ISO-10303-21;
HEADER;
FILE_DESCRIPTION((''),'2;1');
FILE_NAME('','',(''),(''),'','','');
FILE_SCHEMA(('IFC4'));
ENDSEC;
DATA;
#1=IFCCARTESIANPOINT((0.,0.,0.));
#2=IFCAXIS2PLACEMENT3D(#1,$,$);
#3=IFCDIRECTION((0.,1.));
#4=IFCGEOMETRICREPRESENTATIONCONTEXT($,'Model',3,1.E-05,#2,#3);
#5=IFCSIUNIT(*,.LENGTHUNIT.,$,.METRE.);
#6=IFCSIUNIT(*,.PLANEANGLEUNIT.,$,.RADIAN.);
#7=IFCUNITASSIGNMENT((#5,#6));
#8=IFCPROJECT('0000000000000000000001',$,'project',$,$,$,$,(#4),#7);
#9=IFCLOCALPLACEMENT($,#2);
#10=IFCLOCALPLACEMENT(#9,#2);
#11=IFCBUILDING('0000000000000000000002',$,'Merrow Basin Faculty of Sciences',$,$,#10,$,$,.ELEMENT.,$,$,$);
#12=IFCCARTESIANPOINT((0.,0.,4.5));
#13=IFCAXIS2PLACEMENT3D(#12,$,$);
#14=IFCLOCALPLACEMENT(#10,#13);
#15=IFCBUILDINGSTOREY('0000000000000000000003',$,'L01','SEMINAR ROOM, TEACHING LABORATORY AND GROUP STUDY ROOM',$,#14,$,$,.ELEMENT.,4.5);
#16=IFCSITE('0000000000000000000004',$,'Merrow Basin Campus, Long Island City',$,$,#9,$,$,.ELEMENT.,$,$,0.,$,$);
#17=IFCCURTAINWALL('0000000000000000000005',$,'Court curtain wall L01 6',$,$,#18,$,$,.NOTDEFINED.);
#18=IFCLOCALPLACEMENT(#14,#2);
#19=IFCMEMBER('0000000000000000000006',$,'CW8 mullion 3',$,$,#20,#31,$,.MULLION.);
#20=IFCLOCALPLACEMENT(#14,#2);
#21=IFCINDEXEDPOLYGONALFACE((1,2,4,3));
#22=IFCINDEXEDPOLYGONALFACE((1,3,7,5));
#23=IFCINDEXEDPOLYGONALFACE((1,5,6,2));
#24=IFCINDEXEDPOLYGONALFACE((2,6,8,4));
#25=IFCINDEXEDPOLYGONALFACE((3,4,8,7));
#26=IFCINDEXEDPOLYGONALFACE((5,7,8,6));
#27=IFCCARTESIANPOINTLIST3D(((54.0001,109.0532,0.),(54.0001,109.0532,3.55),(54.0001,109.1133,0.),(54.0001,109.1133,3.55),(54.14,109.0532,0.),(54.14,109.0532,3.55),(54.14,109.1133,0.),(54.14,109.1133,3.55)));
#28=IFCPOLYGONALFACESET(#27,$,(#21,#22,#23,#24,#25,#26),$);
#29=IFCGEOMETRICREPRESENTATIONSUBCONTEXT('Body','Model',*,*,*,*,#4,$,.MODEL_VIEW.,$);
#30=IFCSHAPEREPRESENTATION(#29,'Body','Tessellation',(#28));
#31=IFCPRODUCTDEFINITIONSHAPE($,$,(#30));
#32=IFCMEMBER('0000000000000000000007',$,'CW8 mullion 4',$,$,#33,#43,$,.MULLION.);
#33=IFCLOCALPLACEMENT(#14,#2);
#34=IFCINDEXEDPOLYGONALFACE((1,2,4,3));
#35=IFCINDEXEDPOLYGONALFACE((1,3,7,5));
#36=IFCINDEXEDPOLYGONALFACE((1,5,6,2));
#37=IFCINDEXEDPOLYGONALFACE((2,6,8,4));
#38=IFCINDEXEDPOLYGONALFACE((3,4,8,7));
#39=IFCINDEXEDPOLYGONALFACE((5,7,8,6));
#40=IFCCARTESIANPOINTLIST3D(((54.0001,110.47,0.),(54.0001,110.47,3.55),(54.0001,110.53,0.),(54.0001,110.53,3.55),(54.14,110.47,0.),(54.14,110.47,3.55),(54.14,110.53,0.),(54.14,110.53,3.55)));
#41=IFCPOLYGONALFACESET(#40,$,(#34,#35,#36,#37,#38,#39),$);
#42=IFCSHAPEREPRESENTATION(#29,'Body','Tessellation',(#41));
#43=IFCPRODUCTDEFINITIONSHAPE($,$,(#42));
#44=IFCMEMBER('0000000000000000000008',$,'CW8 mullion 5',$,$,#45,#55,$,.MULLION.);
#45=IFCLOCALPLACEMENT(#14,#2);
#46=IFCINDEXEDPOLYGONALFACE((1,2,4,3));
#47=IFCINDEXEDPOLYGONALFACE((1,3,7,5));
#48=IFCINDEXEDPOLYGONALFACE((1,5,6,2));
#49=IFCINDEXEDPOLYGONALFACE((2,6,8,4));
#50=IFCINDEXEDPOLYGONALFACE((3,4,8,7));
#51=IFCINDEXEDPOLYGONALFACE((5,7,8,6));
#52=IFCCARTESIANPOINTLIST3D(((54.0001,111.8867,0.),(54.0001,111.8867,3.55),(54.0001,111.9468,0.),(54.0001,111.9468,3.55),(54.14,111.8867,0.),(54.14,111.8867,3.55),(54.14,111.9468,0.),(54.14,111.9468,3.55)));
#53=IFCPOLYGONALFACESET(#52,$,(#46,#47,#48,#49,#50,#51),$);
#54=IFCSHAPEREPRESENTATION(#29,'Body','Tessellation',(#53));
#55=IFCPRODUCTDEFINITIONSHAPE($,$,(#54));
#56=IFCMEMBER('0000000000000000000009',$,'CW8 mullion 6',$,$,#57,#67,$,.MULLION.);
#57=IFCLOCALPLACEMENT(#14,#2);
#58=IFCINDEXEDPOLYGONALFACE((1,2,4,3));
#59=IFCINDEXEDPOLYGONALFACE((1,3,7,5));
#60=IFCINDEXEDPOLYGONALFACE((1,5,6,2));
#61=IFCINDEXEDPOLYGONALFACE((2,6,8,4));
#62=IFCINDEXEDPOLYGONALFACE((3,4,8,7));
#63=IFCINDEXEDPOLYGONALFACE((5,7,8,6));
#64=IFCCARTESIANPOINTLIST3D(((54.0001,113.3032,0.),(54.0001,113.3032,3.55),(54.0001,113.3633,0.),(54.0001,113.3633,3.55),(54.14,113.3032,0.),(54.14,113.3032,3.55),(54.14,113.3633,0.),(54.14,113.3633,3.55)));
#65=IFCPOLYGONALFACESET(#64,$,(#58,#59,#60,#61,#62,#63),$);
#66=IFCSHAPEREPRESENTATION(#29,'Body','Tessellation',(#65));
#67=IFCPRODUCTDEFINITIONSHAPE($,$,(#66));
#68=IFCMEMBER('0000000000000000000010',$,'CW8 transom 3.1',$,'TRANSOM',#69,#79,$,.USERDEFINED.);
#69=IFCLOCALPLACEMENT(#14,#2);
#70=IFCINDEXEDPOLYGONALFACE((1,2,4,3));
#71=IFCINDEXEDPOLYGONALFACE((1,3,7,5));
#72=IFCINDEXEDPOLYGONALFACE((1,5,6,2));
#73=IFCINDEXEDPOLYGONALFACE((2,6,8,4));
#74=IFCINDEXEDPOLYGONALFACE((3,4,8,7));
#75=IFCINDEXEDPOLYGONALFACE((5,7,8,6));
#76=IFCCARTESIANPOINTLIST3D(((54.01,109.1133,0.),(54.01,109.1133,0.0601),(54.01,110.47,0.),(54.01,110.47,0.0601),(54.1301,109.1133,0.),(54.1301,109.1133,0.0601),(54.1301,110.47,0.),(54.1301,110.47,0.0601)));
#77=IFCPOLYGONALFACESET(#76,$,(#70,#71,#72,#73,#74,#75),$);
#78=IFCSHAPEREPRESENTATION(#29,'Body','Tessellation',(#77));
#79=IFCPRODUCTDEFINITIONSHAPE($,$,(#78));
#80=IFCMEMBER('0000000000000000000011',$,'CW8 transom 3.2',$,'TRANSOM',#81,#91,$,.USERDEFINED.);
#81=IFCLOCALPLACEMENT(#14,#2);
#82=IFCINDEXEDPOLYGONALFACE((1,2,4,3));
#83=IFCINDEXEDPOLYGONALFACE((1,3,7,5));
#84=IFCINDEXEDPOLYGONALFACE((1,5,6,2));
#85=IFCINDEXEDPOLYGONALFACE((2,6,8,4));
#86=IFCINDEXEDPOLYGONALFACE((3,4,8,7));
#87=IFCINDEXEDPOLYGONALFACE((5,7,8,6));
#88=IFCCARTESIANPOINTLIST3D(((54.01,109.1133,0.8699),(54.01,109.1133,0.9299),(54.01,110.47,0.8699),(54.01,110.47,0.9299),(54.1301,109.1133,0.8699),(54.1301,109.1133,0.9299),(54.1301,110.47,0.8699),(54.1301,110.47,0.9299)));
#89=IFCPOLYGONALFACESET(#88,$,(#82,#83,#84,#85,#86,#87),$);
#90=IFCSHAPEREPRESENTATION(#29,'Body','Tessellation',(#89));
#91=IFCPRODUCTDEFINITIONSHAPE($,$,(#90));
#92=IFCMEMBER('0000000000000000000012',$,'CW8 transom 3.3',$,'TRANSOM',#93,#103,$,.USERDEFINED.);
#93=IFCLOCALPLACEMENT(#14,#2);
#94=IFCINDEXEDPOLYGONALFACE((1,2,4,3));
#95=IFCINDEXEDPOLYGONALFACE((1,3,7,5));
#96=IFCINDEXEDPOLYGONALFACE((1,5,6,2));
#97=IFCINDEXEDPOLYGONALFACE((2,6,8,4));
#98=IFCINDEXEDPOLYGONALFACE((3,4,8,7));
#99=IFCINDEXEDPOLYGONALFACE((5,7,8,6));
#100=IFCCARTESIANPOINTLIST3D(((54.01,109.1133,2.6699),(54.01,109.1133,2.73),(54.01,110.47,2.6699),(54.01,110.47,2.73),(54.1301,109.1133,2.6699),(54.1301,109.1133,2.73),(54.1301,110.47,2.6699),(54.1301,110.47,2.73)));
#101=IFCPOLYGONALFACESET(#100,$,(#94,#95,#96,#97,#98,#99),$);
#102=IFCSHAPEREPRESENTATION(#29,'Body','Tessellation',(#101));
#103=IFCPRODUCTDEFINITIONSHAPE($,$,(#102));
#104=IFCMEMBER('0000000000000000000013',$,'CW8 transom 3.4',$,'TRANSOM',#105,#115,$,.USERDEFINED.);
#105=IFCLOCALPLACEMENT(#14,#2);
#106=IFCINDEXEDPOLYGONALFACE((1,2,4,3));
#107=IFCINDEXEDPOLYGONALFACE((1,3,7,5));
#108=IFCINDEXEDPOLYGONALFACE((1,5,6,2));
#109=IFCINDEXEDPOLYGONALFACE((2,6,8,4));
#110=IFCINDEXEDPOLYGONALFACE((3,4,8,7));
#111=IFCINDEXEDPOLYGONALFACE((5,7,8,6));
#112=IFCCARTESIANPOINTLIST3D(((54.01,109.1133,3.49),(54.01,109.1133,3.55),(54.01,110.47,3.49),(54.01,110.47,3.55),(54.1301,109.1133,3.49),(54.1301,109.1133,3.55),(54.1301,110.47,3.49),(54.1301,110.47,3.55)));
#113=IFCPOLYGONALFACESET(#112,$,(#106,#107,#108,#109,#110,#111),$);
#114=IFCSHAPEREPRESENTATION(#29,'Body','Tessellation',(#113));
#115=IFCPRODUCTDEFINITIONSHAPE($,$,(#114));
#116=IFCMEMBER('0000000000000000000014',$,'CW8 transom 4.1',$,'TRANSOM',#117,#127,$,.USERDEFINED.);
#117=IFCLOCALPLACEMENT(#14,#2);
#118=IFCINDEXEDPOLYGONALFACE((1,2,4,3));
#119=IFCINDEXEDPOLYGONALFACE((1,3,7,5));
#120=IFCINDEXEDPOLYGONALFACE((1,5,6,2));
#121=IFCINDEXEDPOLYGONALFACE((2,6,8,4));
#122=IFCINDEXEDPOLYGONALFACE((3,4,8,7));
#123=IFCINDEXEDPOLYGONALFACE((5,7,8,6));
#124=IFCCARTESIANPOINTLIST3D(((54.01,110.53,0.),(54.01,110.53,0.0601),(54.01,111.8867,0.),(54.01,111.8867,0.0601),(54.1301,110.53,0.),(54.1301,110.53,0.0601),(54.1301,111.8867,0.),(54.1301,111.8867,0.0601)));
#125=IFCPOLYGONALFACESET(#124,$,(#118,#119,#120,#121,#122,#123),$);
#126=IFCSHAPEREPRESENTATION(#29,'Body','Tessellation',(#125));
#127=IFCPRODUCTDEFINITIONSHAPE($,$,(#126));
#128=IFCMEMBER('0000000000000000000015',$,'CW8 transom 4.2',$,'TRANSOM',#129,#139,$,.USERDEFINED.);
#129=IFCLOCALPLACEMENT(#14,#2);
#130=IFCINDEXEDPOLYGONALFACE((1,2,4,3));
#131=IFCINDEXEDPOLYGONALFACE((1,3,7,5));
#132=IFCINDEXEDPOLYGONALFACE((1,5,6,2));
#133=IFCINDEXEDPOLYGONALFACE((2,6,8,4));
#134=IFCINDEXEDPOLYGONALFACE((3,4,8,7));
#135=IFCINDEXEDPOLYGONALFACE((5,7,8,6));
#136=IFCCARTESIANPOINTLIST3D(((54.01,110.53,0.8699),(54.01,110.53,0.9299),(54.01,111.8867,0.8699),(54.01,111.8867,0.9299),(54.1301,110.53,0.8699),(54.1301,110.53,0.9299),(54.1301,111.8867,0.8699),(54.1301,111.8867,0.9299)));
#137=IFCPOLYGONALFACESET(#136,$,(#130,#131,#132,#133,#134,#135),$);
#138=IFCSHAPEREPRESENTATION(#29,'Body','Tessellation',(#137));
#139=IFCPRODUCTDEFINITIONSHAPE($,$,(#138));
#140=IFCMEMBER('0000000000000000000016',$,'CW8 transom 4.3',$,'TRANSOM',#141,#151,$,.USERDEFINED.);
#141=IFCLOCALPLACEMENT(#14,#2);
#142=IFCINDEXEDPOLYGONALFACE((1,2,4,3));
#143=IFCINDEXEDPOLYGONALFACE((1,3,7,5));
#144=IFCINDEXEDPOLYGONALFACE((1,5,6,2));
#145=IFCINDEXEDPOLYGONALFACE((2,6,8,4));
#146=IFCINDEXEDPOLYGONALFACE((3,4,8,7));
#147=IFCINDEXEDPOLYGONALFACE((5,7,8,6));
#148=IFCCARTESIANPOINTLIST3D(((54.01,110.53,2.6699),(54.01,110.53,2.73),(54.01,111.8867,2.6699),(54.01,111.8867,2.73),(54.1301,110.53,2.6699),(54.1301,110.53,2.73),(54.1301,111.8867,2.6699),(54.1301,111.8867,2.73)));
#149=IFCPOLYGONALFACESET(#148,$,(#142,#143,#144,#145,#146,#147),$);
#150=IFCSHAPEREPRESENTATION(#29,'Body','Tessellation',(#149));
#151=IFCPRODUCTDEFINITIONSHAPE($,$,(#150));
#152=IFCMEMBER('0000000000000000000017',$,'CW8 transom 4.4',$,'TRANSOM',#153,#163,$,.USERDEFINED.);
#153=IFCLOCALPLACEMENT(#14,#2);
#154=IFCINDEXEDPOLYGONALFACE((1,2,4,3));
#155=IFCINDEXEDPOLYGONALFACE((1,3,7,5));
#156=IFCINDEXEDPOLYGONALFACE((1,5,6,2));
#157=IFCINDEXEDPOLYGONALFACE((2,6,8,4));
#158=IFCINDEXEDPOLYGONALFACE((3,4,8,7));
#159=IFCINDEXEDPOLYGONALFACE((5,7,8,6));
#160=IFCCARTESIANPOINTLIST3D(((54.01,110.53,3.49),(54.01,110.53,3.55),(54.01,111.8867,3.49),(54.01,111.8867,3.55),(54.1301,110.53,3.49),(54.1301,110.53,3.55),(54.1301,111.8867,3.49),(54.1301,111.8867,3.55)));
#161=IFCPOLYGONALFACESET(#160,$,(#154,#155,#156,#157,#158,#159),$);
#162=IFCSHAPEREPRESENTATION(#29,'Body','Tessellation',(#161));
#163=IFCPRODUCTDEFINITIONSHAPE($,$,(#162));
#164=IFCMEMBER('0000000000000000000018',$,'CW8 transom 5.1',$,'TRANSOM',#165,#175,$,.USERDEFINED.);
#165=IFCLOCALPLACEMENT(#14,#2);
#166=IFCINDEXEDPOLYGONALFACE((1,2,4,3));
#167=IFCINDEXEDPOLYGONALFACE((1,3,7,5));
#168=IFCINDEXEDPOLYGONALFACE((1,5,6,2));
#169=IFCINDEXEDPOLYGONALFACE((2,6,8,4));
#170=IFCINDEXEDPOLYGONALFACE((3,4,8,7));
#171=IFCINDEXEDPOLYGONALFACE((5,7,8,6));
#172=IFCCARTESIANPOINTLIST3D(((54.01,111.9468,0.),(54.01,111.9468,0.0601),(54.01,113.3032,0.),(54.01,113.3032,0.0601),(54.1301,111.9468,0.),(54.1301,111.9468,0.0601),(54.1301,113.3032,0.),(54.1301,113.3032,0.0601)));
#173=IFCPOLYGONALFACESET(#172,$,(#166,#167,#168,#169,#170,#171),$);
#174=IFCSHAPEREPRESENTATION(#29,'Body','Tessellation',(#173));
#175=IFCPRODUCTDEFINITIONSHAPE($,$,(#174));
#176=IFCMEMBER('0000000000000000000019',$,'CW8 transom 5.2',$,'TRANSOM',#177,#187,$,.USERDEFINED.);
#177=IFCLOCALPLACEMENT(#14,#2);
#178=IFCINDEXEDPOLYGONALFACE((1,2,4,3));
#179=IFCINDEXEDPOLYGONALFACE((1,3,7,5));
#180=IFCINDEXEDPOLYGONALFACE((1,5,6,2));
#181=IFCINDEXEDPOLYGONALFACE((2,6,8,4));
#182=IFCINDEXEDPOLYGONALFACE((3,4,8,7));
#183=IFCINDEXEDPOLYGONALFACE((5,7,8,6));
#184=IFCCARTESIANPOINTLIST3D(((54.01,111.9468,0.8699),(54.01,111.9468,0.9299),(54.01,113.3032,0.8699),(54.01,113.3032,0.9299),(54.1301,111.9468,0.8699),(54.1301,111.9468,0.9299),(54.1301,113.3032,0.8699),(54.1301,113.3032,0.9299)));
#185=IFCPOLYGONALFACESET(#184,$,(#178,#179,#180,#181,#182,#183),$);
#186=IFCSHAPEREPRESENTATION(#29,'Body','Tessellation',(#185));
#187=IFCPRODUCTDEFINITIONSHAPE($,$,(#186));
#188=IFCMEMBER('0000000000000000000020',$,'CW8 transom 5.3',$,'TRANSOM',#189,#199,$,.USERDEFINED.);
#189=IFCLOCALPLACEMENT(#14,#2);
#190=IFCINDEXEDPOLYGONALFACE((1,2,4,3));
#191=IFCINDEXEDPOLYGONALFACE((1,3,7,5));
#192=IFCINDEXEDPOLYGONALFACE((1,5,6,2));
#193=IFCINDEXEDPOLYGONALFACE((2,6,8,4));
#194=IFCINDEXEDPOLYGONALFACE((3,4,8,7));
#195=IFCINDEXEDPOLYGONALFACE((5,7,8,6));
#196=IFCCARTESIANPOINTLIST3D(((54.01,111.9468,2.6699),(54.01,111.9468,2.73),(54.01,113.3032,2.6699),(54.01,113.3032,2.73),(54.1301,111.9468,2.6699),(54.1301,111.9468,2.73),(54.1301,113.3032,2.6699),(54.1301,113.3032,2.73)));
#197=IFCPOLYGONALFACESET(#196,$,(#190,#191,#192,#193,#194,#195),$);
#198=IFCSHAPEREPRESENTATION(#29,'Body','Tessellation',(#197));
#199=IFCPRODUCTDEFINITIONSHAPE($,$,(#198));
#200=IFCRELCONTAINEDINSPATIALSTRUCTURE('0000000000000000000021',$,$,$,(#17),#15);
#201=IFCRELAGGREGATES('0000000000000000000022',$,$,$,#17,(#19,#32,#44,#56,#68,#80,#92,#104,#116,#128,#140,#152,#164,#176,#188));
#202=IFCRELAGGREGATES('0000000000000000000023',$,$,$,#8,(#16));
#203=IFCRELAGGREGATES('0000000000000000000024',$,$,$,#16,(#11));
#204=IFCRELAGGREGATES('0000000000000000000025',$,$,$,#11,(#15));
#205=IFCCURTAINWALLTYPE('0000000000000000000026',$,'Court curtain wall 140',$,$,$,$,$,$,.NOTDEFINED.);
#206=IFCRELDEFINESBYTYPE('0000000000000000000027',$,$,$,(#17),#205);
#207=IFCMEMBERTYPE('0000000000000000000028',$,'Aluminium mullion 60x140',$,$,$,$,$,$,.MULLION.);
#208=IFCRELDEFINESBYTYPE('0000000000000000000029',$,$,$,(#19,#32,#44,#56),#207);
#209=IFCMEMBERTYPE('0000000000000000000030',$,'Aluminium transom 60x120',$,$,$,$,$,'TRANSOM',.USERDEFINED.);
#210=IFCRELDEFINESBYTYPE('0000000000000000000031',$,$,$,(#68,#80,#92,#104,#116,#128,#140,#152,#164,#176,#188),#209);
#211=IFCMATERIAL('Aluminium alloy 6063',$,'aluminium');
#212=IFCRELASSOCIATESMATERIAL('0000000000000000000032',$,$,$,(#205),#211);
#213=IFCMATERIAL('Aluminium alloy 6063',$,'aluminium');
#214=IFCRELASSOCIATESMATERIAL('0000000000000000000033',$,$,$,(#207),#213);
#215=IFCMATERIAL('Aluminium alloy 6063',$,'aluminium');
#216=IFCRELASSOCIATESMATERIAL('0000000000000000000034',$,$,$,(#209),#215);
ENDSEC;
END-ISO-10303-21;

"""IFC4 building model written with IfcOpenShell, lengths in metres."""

from ifc_helpers import new_model, si_unit, direction, frame, origin, origin_2d, place, context, subcontext, project, spatial, rectangle, extrude, material, material_profile, profile_set, type_object, element, aggregate, save


model = new_model("IFC4")

# Units and contexts
model_context = context("Model", 3, precision=1e-05, world=origin(), true_north=direction((0.0, 1.0)))
body_context = subcontext(model_context, "Body", "Model", "MODEL_VIEW")
ifc_project = project(units=[si_unit("LENGTHUNIT", "METRE"), si_unit("PLANEANGLEUNIT", "RADIAN")], contexts=[model_context])

# Site, building, storey
site_placement = place(None, origin())
site = spatial("IfcSite", under=ifc_project, at=site_placement, Name="Merrow Basin Campus, Long Island City", CompositionType="ELEMENT", RefElevation=0.0)
building_placement = place(site_placement, origin())
building = spatial("IfcBuilding", under=site, at=building_placement, Name="Merrow Basin Faculty of Sciences", CompositionType="ELEMENT")
storey_placement = place(building_placement, frame((0.0, 0.0, 4.5)))
storey = spatial("IfcBuildingStorey", under=building, at=storey_placement, Name="L01", Description="SEMINAR ROOM, TEACHING LABORATORY AND GROUP STUDY ROOM", CompositionType="ELEMENT", Elevation=4.5)

# Curtain wall, members
ifc_material_1 = material(Name="Aluminium alloy 6063", Category="aluminium")
curtain_wall_type = type_object("IfcCurtainWallType", Name="Court curtain wall 140", PredefinedType="NOTDEFINED", material=ifc_material_1)
curtain_wall_placement = place(storey_placement, origin())
curtain_wall = element("IfcCurtainWall", 1, at=curtain_wall_placement, inside=storey, type_object=curtain_wall_type, Name="Court curtain wall L01 6", PredefinedType="NOTDEFINED")
ifc_material_2 = material(Name="Aluminium alloy 6063", Category="aluminium")
ifc_material_profile_1 = material_profile(ifc_material_2, rectangle(XDim=0.1399, YDim=0.0601, at=origin_2d()))
ifc_profile_set_1 = profile_set([ifc_material_profile_1], Name="Aluminium alloy 6063")
member_type_1 = type_object("IfcMemberType", Name="Aluminium mullion 60x140", PredefinedType="MULLION", material=ifc_profile_set_1)
member_1_placement = place(storey_placement, frame((54.0701, 109.0833, 0.0), z_axis=(0.0, 0.0, 1.0), x_axis=(-1.0, 0.0, 0.0)))
member_1 = element("IfcMember", 2, at=member_1_placement, type_object=member_type_1, Name="CW8 mullion 3", PredefinedType="MULLION", context=body_context, shape_type="SweptSolid", body=[
    extrude(rectangle(XDim=0.1399, YDim=0.0601, at=origin_2d()), origin(), (0.0, 0.0, 1.0), 3.55),
])
member_2_placement = place(storey_placement, frame((54.0701, 110.5, 0.0), z_axis=(0.0, 0.0, 1.0), x_axis=(-1.0, 0.0, 0.0)))
member_2 = element("IfcMember", 3, at=member_2_placement, type_object=member_type_1, Name="CW8 mullion 4", PredefinedType="MULLION", context=body_context, shape_type="SweptSolid", body=[
    extrude(rectangle(XDim=0.1399, YDim=0.0601, at=origin_2d()), origin(), (0.0, 0.0, 1.0), 3.55),
])
member_3_placement = place(storey_placement, frame((54.0701, 111.9167, 0.0), z_axis=(0.0, 0.0, 1.0), x_axis=(-1.0, 0.0, 0.0)))
member_3 = element("IfcMember", 4, at=member_3_placement, type_object=member_type_1, Name="CW8 mullion 5", PredefinedType="MULLION", context=body_context, shape_type="SweptSolid", body=[
    extrude(rectangle(XDim=0.1399, YDim=0.0601, at=origin_2d()), origin(), (0.0, 0.0, 1.0), 3.55),
])
member_4_placement = place(storey_placement, frame((54.0701, 113.3333, 0.0), z_axis=(0.0, 0.0, 1.0), x_axis=(-1.0, 0.0, 0.0)))
member_4 = element("IfcMember", 5, at=member_4_placement, type_object=member_type_1, Name="CW8 mullion 6", PredefinedType="MULLION", context=body_context, shape_type="SweptSolid", body=[
    extrude(rectangle(XDim=0.1399, YDim=0.0601, at=origin_2d()), origin(), (0.0, 0.0, 1.0), 3.55),
])
ifc_material_3 = material(Name="Aluminium alloy 6063", Category="aluminium")
ifc_material_profile_2 = material_profile(ifc_material_3, rectangle(XDim=0.1201, YDim=0.0601, at=origin_2d()))
ifc_profile_set_2 = profile_set([ifc_material_profile_2], Name="Aluminium alloy 6063")
member_type_2 = type_object("IfcMemberType", Name="Aluminium transom 60x120", ElementType="TRANSOM", PredefinedType="USERDEFINED", material=ifc_profile_set_2)
member_5_placement = place(storey_placement, frame((54.0701, 109.1133, 0.03), z_axis=(0.0, 1.0, 0.0), x_axis=(-1.0, 0.0, 0.0)))
member_5 = element("IfcMember", 6, at=member_5_placement, type_object=member_type_2, Name="CW8 transom 3.1", ObjectType="TRANSOM", PredefinedType="USERDEFINED", context=body_context, shape_type="SweptSolid", body=[
    extrude(rectangle(XDim=0.1201, YDim=0.0601, at=origin_2d()), origin(), (0.0, 0.0, 1.0), 1.3567),
])
member_6_placement = place(storey_placement, frame((54.0701, 109.1133, 0.8999), z_axis=(0.0, 1.0, 0.0), x_axis=(-1.0, 0.0, 0.0)))
member_6 = element("IfcMember", 7, at=member_6_placement, type_object=member_type_2, Name="CW8 transom 3.2", ObjectType="TRANSOM", PredefinedType="USERDEFINED", context=body_context, shape_type="SweptSolid", body=[
    extrude(rectangle(XDim=0.1201, YDim=0.0601, at=origin_2d()), origin(), (0.0, 0.0, 1.0), 1.3567),
])
member_7_placement = place(storey_placement, frame((54.0701, 109.1133, 2.7), z_axis=(0.0, 1.0, 0.0), x_axis=(-1.0, 0.0, 0.0)))
member_7 = element("IfcMember", 8, at=member_7_placement, type_object=member_type_2, Name="CW8 transom 3.3", ObjectType="TRANSOM", PredefinedType="USERDEFINED", context=body_context, shape_type="SweptSolid", body=[
    extrude(rectangle(XDim=0.1201, YDim=0.0601, at=origin_2d()), origin(), (0.0, 0.0, 1.0), 1.3567),
])
member_8_placement = place(storey_placement, frame((54.0701, 109.1133, 3.52), z_axis=(0.0, 1.0, 0.0), x_axis=(-1.0, 0.0, 0.0)))
member_8 = element("IfcMember", 9, at=member_8_placement, type_object=member_type_2, Name="CW8 transom 3.4", ObjectType="TRANSOM", PredefinedType="USERDEFINED", context=body_context, shape_type="SweptSolid", body=[
    extrude(rectangle(XDim=0.1201, YDim=0.0601, at=origin_2d()), origin(), (0.0, 0.0, 1.0), 1.3567),
])
member_9_placement = place(storey_placement, frame((54.0701, 110.53, 0.03), z_axis=(0.0, 1.0, 0.0), x_axis=(-1.0, 0.0, 0.0)))
member_9 = element("IfcMember", 10, at=member_9_placement, type_object=member_type_2, Name="CW8 transom 4.1", ObjectType="TRANSOM", PredefinedType="USERDEFINED", context=body_context, shape_type="SweptSolid", body=[
    extrude(rectangle(XDim=0.1201, YDim=0.0601, at=origin_2d()), origin(), (0.0, 0.0, 1.0), 1.3567),
])
member_10_placement = place(storey_placement, frame((54.0701, 110.53, 0.8999), z_axis=(0.0, 1.0, 0.0), x_axis=(-1.0, 0.0, 0.0)))
member_10 = element("IfcMember", 11, at=member_10_placement, type_object=member_type_2, Name="CW8 transom 4.2", ObjectType="TRANSOM", PredefinedType="USERDEFINED", context=body_context, shape_type="SweptSolid", body=[
    extrude(rectangle(XDim=0.1201, YDim=0.0601, at=origin_2d()), origin(), (0.0, 0.0, 1.0), 1.3567),
])
member_11_placement = place(storey_placement, frame((54.0701, 110.53, 2.7), z_axis=(0.0, 1.0, 0.0), x_axis=(-1.0, 0.0, 0.0)))
member_11 = element("IfcMember", 12, at=member_11_placement, type_object=member_type_2, Name="CW8 transom 4.3", ObjectType="TRANSOM", PredefinedType="USERDEFINED", context=body_context, shape_type="SweptSolid", body=[
    extrude(rectangle(XDim=0.1201, YDim=0.0601, at=origin_2d()), origin(), (0.0, 0.0, 1.0), 1.3567),
])
member_12_placement = place(storey_placement, frame((54.0701, 110.53, 3.52), z_axis=(0.0, 1.0, 0.0), x_axis=(-1.0, 0.0, 0.0)))
member_12 = element("IfcMember", 13, at=member_12_placement, type_object=member_type_2, Name="CW8 transom 4.4", ObjectType="TRANSOM", PredefinedType="USERDEFINED", context=body_context, shape_type="SweptSolid", body=[
    extrude(rectangle(XDim=0.1201, YDim=0.0601, at=origin_2d()), origin(), (0.0, 0.0, 1.0), 1.3567),
])
member_13_placement = place(storey_placement, frame((54.0701, 111.9468, 0.03), z_axis=(0.0, 1.0, 0.0), x_axis=(-1.0, 0.0, 0.0)))
member_13 = element("IfcMember", 14, at=member_13_placement, type_object=member_type_2, Name="CW8 transom 5.1", ObjectType="TRANSOM", PredefinedType="USERDEFINED", context=body_context, shape_type="SweptSolid", body=[
    extrude(rectangle(XDim=0.1201, YDim=0.0601, at=origin_2d()), origin(), (0.0, 0.0, 1.0), 1.3564),
])
member_14_placement = place(storey_placement, frame((54.0701, 111.9468, 0.8999), z_axis=(0.0, 1.0, 0.0), x_axis=(-1.0, 0.0, 0.0)))
member_14 = element("IfcMember", 15, at=member_14_placement, type_object=member_type_2, Name="CW8 transom 5.2", ObjectType="TRANSOM", PredefinedType="USERDEFINED", context=body_context, shape_type="SweptSolid", body=[
    extrude(rectangle(XDim=0.1201, YDim=0.0601, at=origin_2d()), origin(), (0.0, 0.0, 1.0), 1.3564),
])
member_15_placement = place(storey_placement, frame((54.0701, 111.9468, 2.7), z_axis=(0.0, 1.0, 0.0), x_axis=(-1.0, 0.0, 0.0)))
member_15 = element("IfcMember", 16, at=member_15_placement, type_object=member_type_2, Name="CW8 transom 5.3", ObjectType="TRANSOM", PredefinedType="USERDEFINED", context=body_context, shape_type="SweptSolid", body=[
    extrude(rectangle(XDim=0.1201, YDim=0.0601, at=origin_2d()), origin(), (0.0, 0.0, 1.0), 1.3564),
])
aggregate(curtain_wall, [member_1, member_2, member_3, member_4, member_5, member_6, member_7, member_8, member_9, member_10, member_11, member_12, member_13, member_14, member_15])

save(model, "model.ifc")
